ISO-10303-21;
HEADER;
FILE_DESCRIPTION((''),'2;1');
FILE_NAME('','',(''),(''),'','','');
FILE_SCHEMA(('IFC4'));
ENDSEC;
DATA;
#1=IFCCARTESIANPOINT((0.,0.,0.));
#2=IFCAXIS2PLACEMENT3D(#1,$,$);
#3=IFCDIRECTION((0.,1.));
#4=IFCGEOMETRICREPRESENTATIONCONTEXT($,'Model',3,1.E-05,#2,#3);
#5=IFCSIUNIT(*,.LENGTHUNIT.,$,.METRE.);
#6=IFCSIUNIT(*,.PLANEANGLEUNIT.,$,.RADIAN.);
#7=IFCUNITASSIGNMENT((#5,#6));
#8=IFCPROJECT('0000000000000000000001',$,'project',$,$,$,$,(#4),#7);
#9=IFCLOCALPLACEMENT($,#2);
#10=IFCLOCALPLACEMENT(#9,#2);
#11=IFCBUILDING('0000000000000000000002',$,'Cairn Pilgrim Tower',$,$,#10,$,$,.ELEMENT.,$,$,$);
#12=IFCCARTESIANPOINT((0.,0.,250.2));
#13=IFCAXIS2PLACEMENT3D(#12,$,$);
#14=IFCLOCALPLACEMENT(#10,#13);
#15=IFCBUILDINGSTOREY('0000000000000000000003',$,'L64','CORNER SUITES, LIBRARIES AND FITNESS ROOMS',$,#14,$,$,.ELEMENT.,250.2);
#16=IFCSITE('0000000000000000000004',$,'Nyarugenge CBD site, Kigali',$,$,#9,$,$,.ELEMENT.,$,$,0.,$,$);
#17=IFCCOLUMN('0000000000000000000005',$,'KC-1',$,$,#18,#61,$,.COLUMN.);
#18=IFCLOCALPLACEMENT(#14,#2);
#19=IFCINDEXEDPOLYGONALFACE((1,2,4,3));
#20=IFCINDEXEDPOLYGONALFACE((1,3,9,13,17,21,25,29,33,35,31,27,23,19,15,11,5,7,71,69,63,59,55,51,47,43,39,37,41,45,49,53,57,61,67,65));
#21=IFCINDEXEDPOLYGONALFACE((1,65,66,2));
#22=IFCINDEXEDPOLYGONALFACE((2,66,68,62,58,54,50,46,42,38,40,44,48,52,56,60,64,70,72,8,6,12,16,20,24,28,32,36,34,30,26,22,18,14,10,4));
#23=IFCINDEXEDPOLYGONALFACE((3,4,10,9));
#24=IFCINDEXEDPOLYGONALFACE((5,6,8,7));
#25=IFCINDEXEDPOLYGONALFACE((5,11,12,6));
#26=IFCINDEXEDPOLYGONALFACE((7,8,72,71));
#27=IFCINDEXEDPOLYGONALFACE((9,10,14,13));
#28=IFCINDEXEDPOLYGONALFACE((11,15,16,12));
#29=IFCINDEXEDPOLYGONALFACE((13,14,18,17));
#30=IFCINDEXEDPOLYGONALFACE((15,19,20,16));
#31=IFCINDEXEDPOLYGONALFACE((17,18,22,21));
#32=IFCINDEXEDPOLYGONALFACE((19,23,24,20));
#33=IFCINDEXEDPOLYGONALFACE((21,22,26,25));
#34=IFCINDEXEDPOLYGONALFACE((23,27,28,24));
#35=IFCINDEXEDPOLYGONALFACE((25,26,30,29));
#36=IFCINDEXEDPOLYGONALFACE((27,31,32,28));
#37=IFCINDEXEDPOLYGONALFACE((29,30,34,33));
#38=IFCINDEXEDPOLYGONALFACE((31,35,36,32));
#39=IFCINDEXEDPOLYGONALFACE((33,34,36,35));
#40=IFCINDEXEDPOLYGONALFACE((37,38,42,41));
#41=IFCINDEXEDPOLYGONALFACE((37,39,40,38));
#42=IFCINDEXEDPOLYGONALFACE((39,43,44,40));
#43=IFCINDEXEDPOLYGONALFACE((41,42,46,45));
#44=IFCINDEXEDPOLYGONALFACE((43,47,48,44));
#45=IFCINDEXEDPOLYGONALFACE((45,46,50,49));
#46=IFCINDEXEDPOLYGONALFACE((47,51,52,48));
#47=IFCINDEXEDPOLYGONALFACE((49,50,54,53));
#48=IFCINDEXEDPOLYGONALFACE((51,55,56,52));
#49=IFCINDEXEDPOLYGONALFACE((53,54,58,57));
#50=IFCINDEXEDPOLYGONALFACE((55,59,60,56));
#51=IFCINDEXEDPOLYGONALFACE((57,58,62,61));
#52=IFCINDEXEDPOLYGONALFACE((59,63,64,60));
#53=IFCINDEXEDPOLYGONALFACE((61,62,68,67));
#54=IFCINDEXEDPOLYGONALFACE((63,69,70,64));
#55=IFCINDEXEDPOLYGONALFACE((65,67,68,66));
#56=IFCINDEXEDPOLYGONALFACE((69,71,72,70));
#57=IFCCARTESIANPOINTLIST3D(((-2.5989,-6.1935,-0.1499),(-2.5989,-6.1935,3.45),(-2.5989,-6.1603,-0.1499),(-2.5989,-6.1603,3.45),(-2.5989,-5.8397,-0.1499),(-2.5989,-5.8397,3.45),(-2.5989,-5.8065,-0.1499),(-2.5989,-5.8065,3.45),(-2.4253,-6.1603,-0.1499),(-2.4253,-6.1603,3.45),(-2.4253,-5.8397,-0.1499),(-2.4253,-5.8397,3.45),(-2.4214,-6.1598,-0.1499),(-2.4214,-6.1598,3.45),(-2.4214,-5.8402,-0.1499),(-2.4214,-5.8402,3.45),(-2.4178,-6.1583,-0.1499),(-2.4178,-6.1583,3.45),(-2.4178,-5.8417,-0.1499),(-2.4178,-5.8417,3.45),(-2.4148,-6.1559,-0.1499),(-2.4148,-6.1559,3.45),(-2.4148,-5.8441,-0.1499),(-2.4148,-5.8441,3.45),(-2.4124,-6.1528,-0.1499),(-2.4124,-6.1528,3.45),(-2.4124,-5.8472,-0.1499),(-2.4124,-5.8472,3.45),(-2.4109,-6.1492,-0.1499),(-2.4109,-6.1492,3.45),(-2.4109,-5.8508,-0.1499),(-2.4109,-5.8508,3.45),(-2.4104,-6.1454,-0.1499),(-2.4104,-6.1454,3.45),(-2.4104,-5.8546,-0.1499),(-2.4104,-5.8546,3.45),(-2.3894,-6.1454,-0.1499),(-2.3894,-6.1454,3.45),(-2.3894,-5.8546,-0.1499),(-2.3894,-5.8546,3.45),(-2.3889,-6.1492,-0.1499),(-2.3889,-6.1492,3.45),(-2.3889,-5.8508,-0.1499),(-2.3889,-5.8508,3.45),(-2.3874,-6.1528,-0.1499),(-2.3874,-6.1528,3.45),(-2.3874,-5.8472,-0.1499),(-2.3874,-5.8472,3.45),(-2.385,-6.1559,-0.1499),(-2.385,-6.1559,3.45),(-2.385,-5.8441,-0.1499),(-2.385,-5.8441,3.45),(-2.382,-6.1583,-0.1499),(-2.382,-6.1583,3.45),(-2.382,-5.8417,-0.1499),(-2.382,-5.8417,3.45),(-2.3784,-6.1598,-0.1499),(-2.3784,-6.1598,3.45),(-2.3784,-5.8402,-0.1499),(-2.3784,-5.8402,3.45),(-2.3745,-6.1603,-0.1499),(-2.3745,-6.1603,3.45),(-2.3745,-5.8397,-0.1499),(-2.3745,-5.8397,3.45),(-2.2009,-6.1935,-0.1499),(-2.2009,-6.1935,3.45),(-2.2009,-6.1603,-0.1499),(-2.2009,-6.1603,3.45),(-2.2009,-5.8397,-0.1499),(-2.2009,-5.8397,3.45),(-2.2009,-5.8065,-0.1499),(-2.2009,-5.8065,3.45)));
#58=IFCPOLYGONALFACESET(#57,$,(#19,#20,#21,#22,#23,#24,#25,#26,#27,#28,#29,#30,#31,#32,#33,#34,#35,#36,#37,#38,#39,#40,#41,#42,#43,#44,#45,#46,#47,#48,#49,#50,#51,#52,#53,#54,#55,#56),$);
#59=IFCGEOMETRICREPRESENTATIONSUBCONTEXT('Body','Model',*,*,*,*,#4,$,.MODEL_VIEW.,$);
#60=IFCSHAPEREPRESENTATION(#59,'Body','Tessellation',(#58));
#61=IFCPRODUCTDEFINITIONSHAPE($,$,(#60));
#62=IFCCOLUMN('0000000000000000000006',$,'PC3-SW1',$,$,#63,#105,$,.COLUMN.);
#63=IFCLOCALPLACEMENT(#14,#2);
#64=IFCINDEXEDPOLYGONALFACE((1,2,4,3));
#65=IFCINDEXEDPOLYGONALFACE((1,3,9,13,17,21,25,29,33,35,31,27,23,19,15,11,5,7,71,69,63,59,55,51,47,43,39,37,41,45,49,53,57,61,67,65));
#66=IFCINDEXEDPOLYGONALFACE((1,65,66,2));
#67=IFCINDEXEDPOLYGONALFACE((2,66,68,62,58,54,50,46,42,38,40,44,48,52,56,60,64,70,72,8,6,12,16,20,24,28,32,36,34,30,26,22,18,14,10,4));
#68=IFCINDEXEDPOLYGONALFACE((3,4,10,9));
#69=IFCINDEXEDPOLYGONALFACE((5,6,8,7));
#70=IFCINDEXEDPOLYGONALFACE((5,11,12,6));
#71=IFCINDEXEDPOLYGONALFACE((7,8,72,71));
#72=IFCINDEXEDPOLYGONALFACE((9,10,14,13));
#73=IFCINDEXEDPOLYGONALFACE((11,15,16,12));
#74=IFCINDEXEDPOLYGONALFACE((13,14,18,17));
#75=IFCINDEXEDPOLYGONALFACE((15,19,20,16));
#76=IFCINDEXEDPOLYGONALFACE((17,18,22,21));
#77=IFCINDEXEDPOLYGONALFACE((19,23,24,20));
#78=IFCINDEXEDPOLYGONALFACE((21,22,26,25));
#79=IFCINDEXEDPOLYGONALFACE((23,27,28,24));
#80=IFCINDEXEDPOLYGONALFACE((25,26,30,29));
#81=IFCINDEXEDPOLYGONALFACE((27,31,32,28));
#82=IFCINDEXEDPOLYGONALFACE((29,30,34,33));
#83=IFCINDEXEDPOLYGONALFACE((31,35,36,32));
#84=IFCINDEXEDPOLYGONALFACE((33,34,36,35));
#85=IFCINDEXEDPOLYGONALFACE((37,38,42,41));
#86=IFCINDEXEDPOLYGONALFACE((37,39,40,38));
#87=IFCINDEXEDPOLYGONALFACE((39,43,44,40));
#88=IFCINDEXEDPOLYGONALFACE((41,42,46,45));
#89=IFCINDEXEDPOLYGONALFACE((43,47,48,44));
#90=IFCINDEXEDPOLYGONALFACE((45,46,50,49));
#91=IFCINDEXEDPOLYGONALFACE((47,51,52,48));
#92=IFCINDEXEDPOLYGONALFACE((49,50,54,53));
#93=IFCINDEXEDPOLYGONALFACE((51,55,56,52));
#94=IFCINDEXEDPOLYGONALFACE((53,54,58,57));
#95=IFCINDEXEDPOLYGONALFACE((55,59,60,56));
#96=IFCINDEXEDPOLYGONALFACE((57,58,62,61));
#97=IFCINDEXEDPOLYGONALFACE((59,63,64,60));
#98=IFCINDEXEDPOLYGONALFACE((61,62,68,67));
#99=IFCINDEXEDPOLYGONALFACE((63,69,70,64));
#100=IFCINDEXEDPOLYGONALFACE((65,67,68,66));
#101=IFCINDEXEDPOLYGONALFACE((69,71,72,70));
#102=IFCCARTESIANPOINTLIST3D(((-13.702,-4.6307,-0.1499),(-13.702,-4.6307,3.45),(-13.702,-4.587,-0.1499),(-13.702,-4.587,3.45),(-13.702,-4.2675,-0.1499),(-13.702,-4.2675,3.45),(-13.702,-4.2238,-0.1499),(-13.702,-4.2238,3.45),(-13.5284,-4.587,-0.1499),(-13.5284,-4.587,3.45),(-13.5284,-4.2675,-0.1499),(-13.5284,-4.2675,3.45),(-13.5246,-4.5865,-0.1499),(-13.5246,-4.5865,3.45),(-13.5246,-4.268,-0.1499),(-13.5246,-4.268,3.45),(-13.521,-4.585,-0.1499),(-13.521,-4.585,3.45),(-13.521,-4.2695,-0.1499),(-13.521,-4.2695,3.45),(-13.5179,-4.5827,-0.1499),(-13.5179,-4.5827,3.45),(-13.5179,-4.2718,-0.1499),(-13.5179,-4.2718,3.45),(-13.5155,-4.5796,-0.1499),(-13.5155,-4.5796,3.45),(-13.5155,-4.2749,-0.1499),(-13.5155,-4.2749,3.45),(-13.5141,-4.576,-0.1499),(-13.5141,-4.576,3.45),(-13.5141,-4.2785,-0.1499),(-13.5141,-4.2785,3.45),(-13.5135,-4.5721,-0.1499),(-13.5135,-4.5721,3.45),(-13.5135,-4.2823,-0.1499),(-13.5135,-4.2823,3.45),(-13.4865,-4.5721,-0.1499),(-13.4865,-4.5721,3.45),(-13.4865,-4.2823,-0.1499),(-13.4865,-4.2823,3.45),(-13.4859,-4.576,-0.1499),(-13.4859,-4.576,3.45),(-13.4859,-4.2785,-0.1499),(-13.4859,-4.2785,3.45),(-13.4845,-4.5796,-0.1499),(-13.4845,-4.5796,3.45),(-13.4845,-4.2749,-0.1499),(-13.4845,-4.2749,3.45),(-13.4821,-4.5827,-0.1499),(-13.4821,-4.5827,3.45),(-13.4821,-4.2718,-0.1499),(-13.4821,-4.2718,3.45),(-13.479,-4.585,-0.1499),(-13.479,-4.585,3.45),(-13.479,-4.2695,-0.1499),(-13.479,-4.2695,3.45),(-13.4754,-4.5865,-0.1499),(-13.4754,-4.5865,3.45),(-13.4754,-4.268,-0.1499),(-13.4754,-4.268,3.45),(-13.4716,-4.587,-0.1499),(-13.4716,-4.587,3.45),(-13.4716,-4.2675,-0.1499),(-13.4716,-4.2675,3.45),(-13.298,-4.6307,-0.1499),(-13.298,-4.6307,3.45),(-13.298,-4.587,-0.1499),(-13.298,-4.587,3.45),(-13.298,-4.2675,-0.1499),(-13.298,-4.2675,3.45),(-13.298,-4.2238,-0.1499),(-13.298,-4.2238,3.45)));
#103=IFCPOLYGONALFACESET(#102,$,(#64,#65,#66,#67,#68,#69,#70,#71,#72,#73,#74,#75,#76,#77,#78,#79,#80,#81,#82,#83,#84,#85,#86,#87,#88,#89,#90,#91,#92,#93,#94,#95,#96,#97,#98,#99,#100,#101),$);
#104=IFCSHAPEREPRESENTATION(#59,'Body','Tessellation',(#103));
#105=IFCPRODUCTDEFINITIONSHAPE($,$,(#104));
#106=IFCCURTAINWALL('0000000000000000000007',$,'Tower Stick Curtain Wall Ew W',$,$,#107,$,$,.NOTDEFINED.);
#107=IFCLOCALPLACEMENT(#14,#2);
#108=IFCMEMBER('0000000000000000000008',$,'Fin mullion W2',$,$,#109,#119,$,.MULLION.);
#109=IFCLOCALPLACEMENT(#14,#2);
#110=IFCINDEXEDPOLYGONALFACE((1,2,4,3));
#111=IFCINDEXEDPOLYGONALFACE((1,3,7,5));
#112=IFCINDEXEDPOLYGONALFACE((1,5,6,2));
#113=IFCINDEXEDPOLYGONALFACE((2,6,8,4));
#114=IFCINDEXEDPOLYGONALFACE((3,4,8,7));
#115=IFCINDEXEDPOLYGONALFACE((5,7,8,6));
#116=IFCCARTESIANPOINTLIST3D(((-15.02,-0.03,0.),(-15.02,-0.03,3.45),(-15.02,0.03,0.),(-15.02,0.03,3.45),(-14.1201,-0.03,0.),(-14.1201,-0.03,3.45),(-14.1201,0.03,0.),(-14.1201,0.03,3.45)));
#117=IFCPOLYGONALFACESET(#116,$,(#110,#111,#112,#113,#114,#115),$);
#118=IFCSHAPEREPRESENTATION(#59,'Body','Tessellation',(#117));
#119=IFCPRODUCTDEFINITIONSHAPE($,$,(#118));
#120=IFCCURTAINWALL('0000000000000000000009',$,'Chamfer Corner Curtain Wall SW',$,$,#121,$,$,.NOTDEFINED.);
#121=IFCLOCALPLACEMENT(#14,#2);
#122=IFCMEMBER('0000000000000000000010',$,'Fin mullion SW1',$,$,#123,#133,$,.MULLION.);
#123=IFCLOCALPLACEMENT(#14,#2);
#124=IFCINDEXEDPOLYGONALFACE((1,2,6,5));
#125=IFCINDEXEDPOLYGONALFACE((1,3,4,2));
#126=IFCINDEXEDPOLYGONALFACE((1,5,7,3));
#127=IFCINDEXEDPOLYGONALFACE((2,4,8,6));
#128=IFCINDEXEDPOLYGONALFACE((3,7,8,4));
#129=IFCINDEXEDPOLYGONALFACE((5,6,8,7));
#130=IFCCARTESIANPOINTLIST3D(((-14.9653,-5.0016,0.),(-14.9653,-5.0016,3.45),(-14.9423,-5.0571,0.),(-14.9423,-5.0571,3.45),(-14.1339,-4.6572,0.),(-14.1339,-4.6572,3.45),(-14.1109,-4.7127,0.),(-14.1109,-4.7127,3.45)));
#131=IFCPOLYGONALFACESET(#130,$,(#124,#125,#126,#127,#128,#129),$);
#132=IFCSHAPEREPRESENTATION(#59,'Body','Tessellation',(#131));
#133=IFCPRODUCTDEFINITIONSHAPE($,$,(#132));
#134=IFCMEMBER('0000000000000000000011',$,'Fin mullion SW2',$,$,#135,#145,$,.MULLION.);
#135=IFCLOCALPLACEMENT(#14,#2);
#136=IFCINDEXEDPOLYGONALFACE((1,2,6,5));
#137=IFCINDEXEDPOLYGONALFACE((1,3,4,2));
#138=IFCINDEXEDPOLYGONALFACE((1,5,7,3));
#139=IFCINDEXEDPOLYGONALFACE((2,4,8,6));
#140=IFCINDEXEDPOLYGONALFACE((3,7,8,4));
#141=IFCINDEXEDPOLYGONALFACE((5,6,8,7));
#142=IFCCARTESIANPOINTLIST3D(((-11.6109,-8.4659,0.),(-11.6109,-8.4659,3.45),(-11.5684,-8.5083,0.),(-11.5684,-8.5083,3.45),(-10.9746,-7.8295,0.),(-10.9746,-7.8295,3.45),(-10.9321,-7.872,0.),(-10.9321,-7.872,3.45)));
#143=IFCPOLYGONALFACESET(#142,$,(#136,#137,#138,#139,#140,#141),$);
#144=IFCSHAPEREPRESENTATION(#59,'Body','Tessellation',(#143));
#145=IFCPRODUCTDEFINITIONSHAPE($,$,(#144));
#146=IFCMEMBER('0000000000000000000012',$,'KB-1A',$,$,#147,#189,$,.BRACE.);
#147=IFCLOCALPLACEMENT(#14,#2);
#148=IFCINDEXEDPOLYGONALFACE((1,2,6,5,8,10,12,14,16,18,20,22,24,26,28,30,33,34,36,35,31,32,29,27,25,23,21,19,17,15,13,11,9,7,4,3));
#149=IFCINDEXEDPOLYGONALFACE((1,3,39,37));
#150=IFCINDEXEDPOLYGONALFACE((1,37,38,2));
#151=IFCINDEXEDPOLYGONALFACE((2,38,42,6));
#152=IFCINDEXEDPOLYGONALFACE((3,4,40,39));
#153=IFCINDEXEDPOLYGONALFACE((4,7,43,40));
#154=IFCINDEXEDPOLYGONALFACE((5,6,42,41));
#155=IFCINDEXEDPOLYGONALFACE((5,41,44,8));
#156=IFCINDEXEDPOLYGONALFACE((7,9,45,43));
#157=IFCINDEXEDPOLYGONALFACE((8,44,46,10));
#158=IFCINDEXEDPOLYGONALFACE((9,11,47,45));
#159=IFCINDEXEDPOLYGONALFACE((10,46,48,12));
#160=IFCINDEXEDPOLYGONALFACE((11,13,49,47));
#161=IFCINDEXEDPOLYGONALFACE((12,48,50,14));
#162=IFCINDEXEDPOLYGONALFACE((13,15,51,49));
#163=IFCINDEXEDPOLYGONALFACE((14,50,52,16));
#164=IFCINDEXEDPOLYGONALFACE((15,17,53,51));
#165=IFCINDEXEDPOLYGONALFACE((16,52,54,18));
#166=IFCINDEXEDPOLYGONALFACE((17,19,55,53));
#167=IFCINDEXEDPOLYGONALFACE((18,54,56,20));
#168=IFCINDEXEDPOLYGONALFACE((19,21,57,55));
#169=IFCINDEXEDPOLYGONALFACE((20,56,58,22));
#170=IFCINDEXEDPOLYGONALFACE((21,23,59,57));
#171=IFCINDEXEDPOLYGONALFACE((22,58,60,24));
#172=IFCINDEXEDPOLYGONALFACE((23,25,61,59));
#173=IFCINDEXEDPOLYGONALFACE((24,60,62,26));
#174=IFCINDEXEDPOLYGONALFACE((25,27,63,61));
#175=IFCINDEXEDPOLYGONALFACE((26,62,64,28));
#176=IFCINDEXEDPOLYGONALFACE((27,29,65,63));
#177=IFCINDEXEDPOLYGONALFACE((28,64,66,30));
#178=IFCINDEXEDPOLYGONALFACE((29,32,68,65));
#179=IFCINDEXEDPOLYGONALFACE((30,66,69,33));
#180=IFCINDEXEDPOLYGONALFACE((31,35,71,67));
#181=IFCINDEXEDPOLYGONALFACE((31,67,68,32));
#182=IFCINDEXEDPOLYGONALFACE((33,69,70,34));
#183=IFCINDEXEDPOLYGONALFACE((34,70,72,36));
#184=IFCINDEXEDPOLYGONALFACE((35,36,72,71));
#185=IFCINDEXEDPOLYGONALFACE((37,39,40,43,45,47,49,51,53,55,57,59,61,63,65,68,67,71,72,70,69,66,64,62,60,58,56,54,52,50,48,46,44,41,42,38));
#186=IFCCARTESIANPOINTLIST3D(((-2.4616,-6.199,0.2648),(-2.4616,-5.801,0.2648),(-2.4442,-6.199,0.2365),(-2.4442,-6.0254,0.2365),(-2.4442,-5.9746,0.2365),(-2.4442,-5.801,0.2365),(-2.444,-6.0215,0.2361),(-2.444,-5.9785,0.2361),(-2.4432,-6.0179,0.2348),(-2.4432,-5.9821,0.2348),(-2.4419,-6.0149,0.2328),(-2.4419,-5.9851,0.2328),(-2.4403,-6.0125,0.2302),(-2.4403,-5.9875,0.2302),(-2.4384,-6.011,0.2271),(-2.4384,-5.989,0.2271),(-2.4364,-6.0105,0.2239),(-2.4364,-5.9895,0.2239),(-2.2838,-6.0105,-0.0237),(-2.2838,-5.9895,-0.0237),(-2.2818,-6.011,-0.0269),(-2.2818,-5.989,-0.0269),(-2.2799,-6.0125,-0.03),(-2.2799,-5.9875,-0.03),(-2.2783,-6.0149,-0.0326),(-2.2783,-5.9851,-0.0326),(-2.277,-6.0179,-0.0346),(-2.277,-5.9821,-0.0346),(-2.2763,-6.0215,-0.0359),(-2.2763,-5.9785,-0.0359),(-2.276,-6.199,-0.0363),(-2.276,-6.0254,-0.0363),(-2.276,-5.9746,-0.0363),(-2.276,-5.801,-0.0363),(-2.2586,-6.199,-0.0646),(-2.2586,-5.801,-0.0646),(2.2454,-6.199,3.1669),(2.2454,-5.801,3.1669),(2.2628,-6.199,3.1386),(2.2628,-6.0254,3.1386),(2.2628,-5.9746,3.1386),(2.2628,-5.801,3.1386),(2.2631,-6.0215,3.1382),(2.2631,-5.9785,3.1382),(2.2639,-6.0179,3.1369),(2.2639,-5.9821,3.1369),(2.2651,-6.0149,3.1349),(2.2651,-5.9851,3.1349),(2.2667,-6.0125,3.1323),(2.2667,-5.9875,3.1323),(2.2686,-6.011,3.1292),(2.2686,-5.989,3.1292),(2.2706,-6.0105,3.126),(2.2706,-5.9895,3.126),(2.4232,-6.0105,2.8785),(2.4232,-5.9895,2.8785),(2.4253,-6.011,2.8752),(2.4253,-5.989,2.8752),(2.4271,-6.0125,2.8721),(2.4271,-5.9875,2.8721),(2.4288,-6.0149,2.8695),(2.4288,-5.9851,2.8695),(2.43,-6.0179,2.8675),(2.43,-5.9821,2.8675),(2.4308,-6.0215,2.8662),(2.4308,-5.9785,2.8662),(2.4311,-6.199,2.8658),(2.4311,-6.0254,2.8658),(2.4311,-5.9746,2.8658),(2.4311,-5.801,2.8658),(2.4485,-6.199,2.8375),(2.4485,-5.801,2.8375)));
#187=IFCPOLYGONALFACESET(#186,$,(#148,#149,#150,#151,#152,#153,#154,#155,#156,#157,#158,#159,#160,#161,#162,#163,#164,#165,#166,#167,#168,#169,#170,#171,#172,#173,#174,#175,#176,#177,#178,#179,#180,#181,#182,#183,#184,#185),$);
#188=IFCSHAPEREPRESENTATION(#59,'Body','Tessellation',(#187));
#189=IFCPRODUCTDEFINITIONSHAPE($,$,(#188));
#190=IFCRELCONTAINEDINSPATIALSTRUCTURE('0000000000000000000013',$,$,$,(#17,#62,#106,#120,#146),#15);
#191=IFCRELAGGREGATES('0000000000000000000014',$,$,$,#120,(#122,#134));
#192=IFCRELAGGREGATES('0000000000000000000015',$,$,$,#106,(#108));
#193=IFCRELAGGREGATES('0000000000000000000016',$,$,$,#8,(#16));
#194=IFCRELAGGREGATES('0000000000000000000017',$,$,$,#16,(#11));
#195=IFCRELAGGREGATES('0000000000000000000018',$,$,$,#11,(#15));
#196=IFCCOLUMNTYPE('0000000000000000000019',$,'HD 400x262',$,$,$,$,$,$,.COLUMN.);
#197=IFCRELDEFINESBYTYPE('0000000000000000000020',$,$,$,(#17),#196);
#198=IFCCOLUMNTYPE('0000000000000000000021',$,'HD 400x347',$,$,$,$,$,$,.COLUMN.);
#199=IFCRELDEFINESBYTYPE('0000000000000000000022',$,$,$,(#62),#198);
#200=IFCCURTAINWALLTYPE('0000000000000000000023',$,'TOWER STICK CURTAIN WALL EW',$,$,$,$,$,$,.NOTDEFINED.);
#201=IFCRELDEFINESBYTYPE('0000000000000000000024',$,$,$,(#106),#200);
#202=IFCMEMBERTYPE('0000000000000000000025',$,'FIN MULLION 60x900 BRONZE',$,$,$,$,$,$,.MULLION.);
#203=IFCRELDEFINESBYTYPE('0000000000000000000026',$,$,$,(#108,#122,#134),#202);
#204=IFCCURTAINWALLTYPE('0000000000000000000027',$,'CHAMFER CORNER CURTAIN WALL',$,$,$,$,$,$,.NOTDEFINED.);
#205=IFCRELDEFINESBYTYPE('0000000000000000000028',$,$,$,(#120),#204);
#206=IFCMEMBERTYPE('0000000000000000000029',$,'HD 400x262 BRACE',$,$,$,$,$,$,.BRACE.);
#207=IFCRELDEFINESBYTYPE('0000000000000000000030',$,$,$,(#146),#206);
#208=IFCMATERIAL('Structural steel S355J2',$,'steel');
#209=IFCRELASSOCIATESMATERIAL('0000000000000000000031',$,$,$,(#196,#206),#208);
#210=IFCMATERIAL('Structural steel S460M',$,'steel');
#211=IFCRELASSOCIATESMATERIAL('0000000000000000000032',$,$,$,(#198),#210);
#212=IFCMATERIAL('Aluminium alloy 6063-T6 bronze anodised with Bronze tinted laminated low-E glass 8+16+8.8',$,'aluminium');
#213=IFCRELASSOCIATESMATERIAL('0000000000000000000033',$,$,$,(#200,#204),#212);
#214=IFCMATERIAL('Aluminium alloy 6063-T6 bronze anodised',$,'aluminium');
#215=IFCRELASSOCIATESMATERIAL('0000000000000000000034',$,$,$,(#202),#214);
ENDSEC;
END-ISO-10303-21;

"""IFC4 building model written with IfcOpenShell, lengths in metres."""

from ifc_helpers import new_model, si_unit, direction, frame, origin, origin_2d, place, context, subcontext, project, spatial, rectangle, i_section, extrude, material, material_profile, profile_set, type_object, element, aggregate, save


model = new_model("IFC4")

# Units and contexts
model_context = context("Model", 3, precision=1e-05, world=origin(), true_north=direction((0.0, 1.0)))
body_context = subcontext(model_context, "Body", "Model", "MODEL_VIEW")
ifc_project = project(units=[si_unit("LENGTHUNIT", "METRE"), si_unit("PLANEANGLEUNIT", "RADIAN")], contexts=[model_context])

# Site, building, storey
site_placement = place(None, origin())
site = spatial("IfcSite", under=ifc_project, at=site_placement, Name="Nyarugenge CBD site, Kigali", CompositionType="ELEMENT", RefElevation=0.0)
building_placement = place(site_placement, origin())
building = spatial("IfcBuilding", under=site, at=building_placement, Name="Cairn Pilgrim Tower", CompositionType="ELEMENT")
storey_placement = place(building_placement, frame((0.0, 0.0, 250.2)))
storey = spatial("IfcBuildingStorey", under=building, at=storey_placement, Name="L64", Description="CORNER SUITES, LIBRARIES AND FITNESS ROOMS", CompositionType="ELEMENT", Elevation=250.2)

# Columns
ifc_material_1 = material(Name="Structural steel S355J2", Category="steel")
ifc_material_profile_1 = material_profile(ifc_material_1, i_section(OverallWidth=0.3979, OverallDepth=0.387, WebThickness=0.021, FlangeThickness=0.0332, FilletRadius=0.0149, at=origin_2d()), Name="HD 400x262")
ifc_profile_set_1 = profile_set([ifc_material_profile_1], Name="Structural steel S355J2")
column_type_1 = type_object("IfcColumnType", Name="HD 400x262", PredefinedType="COLUMN", material=ifc_profile_set_1)
column_1_placement = place(storey_placement, frame((-2.3999, -6.0, -0.1499), z_axis=(0.0, 0.0, 1.0), x_axis=(1.0, 0.0, 0.0)))
element("IfcColumn", 1, at=column_1_placement, inside=storey, type_object=column_type_1, Name="KC-1", PredefinedType="COLUMN", context=body_context, shape_type="SweptSolid", body=[
    extrude(i_section(OverallWidth=0.3979, OverallDepth=0.387, WebThickness=0.021, FlangeThickness=0.0332, FilletRadius=0.0149, at=origin_2d()), origin(), (0.0, 0.0, 1.0), 3.5999),
])
ifc_material_2 = material(Name="Structural steel S460M", Category="steel")
ifc_material_profile_2 = material_profile(ifc_material_2, i_section(OverallWidth=0.4041, OverallDepth=0.407, WebThickness=0.0271, FlangeThickness=0.0437, FilletRadius=0.0149, at=origin_2d()), Name="HD 400x347")
ifc_profile_set_2 = profile_set([ifc_material_profile_2], Name="Structural steel S460M")
column_type_2 = type_object("IfcColumnType", Name="HD 400x347", PredefinedType="COLUMN", material=ifc_profile_set_2)
column_2_placement = place(storey_placement, frame((-13.5, -4.4272, -0.1499), z_axis=(0.0, 0.0, 1.0), x_axis=(1.0, 0.0, 0.0)))
element("IfcColumn", 2, at=column_2_placement, inside=storey, type_object=column_type_2, Name="PC3-SW1", PredefinedType="COLUMN", context=body_context, shape_type="SweptSolid", body=[
    extrude(i_section(OverallWidth=0.4041, OverallDepth=0.407, WebThickness=0.0271, FlangeThickness=0.0437, FilletRadius=0.0149, at=origin_2d()), origin(), (0.0, 0.0, 1.0), 3.5999),
])

# Curtain wall, member
ifc_material_3 = material(Name="Aluminium alloy 6063-T6 bronze anodised with Bronze tinted laminated low-E glass 8+16+8.8", Category="aluminium")
curtain_wall_type_1 = type_object("IfcCurtainWallType", Name="TOWER STICK CURTAIN WALL EW", PredefinedType="NOTDEFINED", material=ifc_material_3)
curtain_wall_1_placement = place(storey_placement, origin())
curtain_wall_1 = element("IfcCurtainWall", 3, at=curtain_wall_1_placement, inside=storey, type_object=curtain_wall_type_1, Name="Tower Stick Curtain Wall Ew W", PredefinedType="NOTDEFINED")
ifc_material_4 = material(Name="Aluminium alloy 6063-T6 bronze anodised", Category="aluminium")
ifc_material_profile_3 = material_profile(ifc_material_4, rectangle(XDim=0.8999, YDim=0.0601, at=origin_2d()), Name="FIN MULLION 60x900 BRONZE")
ifc_profile_set_3 = profile_set([ifc_material_profile_3], Name="Aluminium alloy 6063-T6 bronze anodised")
member_type_1 = type_object("IfcMemberType", Name="FIN MULLION 60x900 BRONZE", PredefinedType="MULLION", material=ifc_profile_set_3)
member_1_placement = place(storey_placement, frame((-14.5701, 0.0, 0.0), z_axis=(0.0, 0.0, 1.0), x_axis=(-1.0, 0.0, 0.0)))
member_1 = element("IfcMember", 4, at=member_1_placement, type_object=member_type_1, Name="Fin mullion W2", PredefinedType="MULLION", context=body_context, shape_type="SweptSolid", body=[
    extrude(rectangle(XDim=0.8999, YDim=0.0601, at=origin_2d()), origin(), (0.0, 0.0, 1.0), 3.45),
])

# Curtain wall, members
curtain_wall_type_2 = type_object("IfcCurtainWallType", Name="CHAMFER CORNER CURTAIN WALL", PredefinedType="NOTDEFINED", material=ifc_material_3)
curtain_wall_2_placement = place(storey_placement, origin())
curtain_wall_2 = element("IfcCurtainWall", 5, at=curtain_wall_2_placement, inside=storey, type_object=curtain_wall_type_2, Name="Chamfer Corner Curtain Wall SW", PredefinedType="NOTDEFINED")
member_2_placement = place(storey_placement, frame((-14.5381, -4.8572, 0.0), z_axis=(0.0, 0.0, 1.0), x_axis=(-0.92388, -0.382683, 0.0)))
member_2 = element("IfcMember", 6, at=member_2_placement, type_object=member_type_1, Name="Fin mullion SW1", PredefinedType="MULLION", context=body_context, shape_type="SweptSolid", body=[
    extrude(rectangle(XDim=0.8999, YDim=0.0601, at=origin_2d()), origin(), (0.0, 0.0, 1.0), 3.45),
])
member_3_placement = place(storey_placement, frame((-11.2715, -8.1689, 0.0), z_axis=(0.0, 0.0, 1.0), x_axis=(-0.707107, -0.707107, 0.0)))
member_3 = element("IfcMember", 7, at=member_3_placement, type_object=member_type_1, Name="Fin mullion SW2", PredefinedType="MULLION", context=body_context, shape_type="SweptSolid", body=[
    extrude(rectangle(XDim=0.8999, YDim=0.0601, at=origin_2d()), origin(), (0.0, 0.0, 1.0), 3.45),
])

# Member
ifc_material_profile_4 = material_profile(ifc_material_1, i_section(OverallWidth=0.3979, OverallDepth=0.387, WebThickness=0.021, FlangeThickness=0.0332, FilletRadius=0.0149, at=origin_2d()), Name="HD 400x262")
ifc_profile_set_4 = profile_set([ifc_material_profile_4], Name="Structural steel S355J2")
member_type_2 = type_object("IfcMemberType", Name="HD 400x262 BRACE", PredefinedType="BRACE", material=ifc_profile_set_4)
member_4_placement = place(storey_placement, frame((-2.3601, -6.0, 0.1001), z_axis=(0.851217, 0.0, 0.524814), x_axis=(0.0, 1.0, 0.0)))
element("IfcMember", 8, at=member_4_placement, inside=storey, type_object=member_type_2, Name="KB-1A", PredefinedType="BRACE", context=body_context, shape_type="SweptSolid", body=[
    extrude(i_section(OverallWidth=0.3979, OverallDepth=0.387, WebThickness=0.021, FlangeThickness=0.0332, FilletRadius=0.0149, at=origin_2d()), origin(), (0.0, 0.0, 1.0), 5.5298),
])

aggregate(curtain_wall_2, [member_2, member_3])
aggregate(curtain_wall_1, [member_1])

save(model, "model.ifc")
